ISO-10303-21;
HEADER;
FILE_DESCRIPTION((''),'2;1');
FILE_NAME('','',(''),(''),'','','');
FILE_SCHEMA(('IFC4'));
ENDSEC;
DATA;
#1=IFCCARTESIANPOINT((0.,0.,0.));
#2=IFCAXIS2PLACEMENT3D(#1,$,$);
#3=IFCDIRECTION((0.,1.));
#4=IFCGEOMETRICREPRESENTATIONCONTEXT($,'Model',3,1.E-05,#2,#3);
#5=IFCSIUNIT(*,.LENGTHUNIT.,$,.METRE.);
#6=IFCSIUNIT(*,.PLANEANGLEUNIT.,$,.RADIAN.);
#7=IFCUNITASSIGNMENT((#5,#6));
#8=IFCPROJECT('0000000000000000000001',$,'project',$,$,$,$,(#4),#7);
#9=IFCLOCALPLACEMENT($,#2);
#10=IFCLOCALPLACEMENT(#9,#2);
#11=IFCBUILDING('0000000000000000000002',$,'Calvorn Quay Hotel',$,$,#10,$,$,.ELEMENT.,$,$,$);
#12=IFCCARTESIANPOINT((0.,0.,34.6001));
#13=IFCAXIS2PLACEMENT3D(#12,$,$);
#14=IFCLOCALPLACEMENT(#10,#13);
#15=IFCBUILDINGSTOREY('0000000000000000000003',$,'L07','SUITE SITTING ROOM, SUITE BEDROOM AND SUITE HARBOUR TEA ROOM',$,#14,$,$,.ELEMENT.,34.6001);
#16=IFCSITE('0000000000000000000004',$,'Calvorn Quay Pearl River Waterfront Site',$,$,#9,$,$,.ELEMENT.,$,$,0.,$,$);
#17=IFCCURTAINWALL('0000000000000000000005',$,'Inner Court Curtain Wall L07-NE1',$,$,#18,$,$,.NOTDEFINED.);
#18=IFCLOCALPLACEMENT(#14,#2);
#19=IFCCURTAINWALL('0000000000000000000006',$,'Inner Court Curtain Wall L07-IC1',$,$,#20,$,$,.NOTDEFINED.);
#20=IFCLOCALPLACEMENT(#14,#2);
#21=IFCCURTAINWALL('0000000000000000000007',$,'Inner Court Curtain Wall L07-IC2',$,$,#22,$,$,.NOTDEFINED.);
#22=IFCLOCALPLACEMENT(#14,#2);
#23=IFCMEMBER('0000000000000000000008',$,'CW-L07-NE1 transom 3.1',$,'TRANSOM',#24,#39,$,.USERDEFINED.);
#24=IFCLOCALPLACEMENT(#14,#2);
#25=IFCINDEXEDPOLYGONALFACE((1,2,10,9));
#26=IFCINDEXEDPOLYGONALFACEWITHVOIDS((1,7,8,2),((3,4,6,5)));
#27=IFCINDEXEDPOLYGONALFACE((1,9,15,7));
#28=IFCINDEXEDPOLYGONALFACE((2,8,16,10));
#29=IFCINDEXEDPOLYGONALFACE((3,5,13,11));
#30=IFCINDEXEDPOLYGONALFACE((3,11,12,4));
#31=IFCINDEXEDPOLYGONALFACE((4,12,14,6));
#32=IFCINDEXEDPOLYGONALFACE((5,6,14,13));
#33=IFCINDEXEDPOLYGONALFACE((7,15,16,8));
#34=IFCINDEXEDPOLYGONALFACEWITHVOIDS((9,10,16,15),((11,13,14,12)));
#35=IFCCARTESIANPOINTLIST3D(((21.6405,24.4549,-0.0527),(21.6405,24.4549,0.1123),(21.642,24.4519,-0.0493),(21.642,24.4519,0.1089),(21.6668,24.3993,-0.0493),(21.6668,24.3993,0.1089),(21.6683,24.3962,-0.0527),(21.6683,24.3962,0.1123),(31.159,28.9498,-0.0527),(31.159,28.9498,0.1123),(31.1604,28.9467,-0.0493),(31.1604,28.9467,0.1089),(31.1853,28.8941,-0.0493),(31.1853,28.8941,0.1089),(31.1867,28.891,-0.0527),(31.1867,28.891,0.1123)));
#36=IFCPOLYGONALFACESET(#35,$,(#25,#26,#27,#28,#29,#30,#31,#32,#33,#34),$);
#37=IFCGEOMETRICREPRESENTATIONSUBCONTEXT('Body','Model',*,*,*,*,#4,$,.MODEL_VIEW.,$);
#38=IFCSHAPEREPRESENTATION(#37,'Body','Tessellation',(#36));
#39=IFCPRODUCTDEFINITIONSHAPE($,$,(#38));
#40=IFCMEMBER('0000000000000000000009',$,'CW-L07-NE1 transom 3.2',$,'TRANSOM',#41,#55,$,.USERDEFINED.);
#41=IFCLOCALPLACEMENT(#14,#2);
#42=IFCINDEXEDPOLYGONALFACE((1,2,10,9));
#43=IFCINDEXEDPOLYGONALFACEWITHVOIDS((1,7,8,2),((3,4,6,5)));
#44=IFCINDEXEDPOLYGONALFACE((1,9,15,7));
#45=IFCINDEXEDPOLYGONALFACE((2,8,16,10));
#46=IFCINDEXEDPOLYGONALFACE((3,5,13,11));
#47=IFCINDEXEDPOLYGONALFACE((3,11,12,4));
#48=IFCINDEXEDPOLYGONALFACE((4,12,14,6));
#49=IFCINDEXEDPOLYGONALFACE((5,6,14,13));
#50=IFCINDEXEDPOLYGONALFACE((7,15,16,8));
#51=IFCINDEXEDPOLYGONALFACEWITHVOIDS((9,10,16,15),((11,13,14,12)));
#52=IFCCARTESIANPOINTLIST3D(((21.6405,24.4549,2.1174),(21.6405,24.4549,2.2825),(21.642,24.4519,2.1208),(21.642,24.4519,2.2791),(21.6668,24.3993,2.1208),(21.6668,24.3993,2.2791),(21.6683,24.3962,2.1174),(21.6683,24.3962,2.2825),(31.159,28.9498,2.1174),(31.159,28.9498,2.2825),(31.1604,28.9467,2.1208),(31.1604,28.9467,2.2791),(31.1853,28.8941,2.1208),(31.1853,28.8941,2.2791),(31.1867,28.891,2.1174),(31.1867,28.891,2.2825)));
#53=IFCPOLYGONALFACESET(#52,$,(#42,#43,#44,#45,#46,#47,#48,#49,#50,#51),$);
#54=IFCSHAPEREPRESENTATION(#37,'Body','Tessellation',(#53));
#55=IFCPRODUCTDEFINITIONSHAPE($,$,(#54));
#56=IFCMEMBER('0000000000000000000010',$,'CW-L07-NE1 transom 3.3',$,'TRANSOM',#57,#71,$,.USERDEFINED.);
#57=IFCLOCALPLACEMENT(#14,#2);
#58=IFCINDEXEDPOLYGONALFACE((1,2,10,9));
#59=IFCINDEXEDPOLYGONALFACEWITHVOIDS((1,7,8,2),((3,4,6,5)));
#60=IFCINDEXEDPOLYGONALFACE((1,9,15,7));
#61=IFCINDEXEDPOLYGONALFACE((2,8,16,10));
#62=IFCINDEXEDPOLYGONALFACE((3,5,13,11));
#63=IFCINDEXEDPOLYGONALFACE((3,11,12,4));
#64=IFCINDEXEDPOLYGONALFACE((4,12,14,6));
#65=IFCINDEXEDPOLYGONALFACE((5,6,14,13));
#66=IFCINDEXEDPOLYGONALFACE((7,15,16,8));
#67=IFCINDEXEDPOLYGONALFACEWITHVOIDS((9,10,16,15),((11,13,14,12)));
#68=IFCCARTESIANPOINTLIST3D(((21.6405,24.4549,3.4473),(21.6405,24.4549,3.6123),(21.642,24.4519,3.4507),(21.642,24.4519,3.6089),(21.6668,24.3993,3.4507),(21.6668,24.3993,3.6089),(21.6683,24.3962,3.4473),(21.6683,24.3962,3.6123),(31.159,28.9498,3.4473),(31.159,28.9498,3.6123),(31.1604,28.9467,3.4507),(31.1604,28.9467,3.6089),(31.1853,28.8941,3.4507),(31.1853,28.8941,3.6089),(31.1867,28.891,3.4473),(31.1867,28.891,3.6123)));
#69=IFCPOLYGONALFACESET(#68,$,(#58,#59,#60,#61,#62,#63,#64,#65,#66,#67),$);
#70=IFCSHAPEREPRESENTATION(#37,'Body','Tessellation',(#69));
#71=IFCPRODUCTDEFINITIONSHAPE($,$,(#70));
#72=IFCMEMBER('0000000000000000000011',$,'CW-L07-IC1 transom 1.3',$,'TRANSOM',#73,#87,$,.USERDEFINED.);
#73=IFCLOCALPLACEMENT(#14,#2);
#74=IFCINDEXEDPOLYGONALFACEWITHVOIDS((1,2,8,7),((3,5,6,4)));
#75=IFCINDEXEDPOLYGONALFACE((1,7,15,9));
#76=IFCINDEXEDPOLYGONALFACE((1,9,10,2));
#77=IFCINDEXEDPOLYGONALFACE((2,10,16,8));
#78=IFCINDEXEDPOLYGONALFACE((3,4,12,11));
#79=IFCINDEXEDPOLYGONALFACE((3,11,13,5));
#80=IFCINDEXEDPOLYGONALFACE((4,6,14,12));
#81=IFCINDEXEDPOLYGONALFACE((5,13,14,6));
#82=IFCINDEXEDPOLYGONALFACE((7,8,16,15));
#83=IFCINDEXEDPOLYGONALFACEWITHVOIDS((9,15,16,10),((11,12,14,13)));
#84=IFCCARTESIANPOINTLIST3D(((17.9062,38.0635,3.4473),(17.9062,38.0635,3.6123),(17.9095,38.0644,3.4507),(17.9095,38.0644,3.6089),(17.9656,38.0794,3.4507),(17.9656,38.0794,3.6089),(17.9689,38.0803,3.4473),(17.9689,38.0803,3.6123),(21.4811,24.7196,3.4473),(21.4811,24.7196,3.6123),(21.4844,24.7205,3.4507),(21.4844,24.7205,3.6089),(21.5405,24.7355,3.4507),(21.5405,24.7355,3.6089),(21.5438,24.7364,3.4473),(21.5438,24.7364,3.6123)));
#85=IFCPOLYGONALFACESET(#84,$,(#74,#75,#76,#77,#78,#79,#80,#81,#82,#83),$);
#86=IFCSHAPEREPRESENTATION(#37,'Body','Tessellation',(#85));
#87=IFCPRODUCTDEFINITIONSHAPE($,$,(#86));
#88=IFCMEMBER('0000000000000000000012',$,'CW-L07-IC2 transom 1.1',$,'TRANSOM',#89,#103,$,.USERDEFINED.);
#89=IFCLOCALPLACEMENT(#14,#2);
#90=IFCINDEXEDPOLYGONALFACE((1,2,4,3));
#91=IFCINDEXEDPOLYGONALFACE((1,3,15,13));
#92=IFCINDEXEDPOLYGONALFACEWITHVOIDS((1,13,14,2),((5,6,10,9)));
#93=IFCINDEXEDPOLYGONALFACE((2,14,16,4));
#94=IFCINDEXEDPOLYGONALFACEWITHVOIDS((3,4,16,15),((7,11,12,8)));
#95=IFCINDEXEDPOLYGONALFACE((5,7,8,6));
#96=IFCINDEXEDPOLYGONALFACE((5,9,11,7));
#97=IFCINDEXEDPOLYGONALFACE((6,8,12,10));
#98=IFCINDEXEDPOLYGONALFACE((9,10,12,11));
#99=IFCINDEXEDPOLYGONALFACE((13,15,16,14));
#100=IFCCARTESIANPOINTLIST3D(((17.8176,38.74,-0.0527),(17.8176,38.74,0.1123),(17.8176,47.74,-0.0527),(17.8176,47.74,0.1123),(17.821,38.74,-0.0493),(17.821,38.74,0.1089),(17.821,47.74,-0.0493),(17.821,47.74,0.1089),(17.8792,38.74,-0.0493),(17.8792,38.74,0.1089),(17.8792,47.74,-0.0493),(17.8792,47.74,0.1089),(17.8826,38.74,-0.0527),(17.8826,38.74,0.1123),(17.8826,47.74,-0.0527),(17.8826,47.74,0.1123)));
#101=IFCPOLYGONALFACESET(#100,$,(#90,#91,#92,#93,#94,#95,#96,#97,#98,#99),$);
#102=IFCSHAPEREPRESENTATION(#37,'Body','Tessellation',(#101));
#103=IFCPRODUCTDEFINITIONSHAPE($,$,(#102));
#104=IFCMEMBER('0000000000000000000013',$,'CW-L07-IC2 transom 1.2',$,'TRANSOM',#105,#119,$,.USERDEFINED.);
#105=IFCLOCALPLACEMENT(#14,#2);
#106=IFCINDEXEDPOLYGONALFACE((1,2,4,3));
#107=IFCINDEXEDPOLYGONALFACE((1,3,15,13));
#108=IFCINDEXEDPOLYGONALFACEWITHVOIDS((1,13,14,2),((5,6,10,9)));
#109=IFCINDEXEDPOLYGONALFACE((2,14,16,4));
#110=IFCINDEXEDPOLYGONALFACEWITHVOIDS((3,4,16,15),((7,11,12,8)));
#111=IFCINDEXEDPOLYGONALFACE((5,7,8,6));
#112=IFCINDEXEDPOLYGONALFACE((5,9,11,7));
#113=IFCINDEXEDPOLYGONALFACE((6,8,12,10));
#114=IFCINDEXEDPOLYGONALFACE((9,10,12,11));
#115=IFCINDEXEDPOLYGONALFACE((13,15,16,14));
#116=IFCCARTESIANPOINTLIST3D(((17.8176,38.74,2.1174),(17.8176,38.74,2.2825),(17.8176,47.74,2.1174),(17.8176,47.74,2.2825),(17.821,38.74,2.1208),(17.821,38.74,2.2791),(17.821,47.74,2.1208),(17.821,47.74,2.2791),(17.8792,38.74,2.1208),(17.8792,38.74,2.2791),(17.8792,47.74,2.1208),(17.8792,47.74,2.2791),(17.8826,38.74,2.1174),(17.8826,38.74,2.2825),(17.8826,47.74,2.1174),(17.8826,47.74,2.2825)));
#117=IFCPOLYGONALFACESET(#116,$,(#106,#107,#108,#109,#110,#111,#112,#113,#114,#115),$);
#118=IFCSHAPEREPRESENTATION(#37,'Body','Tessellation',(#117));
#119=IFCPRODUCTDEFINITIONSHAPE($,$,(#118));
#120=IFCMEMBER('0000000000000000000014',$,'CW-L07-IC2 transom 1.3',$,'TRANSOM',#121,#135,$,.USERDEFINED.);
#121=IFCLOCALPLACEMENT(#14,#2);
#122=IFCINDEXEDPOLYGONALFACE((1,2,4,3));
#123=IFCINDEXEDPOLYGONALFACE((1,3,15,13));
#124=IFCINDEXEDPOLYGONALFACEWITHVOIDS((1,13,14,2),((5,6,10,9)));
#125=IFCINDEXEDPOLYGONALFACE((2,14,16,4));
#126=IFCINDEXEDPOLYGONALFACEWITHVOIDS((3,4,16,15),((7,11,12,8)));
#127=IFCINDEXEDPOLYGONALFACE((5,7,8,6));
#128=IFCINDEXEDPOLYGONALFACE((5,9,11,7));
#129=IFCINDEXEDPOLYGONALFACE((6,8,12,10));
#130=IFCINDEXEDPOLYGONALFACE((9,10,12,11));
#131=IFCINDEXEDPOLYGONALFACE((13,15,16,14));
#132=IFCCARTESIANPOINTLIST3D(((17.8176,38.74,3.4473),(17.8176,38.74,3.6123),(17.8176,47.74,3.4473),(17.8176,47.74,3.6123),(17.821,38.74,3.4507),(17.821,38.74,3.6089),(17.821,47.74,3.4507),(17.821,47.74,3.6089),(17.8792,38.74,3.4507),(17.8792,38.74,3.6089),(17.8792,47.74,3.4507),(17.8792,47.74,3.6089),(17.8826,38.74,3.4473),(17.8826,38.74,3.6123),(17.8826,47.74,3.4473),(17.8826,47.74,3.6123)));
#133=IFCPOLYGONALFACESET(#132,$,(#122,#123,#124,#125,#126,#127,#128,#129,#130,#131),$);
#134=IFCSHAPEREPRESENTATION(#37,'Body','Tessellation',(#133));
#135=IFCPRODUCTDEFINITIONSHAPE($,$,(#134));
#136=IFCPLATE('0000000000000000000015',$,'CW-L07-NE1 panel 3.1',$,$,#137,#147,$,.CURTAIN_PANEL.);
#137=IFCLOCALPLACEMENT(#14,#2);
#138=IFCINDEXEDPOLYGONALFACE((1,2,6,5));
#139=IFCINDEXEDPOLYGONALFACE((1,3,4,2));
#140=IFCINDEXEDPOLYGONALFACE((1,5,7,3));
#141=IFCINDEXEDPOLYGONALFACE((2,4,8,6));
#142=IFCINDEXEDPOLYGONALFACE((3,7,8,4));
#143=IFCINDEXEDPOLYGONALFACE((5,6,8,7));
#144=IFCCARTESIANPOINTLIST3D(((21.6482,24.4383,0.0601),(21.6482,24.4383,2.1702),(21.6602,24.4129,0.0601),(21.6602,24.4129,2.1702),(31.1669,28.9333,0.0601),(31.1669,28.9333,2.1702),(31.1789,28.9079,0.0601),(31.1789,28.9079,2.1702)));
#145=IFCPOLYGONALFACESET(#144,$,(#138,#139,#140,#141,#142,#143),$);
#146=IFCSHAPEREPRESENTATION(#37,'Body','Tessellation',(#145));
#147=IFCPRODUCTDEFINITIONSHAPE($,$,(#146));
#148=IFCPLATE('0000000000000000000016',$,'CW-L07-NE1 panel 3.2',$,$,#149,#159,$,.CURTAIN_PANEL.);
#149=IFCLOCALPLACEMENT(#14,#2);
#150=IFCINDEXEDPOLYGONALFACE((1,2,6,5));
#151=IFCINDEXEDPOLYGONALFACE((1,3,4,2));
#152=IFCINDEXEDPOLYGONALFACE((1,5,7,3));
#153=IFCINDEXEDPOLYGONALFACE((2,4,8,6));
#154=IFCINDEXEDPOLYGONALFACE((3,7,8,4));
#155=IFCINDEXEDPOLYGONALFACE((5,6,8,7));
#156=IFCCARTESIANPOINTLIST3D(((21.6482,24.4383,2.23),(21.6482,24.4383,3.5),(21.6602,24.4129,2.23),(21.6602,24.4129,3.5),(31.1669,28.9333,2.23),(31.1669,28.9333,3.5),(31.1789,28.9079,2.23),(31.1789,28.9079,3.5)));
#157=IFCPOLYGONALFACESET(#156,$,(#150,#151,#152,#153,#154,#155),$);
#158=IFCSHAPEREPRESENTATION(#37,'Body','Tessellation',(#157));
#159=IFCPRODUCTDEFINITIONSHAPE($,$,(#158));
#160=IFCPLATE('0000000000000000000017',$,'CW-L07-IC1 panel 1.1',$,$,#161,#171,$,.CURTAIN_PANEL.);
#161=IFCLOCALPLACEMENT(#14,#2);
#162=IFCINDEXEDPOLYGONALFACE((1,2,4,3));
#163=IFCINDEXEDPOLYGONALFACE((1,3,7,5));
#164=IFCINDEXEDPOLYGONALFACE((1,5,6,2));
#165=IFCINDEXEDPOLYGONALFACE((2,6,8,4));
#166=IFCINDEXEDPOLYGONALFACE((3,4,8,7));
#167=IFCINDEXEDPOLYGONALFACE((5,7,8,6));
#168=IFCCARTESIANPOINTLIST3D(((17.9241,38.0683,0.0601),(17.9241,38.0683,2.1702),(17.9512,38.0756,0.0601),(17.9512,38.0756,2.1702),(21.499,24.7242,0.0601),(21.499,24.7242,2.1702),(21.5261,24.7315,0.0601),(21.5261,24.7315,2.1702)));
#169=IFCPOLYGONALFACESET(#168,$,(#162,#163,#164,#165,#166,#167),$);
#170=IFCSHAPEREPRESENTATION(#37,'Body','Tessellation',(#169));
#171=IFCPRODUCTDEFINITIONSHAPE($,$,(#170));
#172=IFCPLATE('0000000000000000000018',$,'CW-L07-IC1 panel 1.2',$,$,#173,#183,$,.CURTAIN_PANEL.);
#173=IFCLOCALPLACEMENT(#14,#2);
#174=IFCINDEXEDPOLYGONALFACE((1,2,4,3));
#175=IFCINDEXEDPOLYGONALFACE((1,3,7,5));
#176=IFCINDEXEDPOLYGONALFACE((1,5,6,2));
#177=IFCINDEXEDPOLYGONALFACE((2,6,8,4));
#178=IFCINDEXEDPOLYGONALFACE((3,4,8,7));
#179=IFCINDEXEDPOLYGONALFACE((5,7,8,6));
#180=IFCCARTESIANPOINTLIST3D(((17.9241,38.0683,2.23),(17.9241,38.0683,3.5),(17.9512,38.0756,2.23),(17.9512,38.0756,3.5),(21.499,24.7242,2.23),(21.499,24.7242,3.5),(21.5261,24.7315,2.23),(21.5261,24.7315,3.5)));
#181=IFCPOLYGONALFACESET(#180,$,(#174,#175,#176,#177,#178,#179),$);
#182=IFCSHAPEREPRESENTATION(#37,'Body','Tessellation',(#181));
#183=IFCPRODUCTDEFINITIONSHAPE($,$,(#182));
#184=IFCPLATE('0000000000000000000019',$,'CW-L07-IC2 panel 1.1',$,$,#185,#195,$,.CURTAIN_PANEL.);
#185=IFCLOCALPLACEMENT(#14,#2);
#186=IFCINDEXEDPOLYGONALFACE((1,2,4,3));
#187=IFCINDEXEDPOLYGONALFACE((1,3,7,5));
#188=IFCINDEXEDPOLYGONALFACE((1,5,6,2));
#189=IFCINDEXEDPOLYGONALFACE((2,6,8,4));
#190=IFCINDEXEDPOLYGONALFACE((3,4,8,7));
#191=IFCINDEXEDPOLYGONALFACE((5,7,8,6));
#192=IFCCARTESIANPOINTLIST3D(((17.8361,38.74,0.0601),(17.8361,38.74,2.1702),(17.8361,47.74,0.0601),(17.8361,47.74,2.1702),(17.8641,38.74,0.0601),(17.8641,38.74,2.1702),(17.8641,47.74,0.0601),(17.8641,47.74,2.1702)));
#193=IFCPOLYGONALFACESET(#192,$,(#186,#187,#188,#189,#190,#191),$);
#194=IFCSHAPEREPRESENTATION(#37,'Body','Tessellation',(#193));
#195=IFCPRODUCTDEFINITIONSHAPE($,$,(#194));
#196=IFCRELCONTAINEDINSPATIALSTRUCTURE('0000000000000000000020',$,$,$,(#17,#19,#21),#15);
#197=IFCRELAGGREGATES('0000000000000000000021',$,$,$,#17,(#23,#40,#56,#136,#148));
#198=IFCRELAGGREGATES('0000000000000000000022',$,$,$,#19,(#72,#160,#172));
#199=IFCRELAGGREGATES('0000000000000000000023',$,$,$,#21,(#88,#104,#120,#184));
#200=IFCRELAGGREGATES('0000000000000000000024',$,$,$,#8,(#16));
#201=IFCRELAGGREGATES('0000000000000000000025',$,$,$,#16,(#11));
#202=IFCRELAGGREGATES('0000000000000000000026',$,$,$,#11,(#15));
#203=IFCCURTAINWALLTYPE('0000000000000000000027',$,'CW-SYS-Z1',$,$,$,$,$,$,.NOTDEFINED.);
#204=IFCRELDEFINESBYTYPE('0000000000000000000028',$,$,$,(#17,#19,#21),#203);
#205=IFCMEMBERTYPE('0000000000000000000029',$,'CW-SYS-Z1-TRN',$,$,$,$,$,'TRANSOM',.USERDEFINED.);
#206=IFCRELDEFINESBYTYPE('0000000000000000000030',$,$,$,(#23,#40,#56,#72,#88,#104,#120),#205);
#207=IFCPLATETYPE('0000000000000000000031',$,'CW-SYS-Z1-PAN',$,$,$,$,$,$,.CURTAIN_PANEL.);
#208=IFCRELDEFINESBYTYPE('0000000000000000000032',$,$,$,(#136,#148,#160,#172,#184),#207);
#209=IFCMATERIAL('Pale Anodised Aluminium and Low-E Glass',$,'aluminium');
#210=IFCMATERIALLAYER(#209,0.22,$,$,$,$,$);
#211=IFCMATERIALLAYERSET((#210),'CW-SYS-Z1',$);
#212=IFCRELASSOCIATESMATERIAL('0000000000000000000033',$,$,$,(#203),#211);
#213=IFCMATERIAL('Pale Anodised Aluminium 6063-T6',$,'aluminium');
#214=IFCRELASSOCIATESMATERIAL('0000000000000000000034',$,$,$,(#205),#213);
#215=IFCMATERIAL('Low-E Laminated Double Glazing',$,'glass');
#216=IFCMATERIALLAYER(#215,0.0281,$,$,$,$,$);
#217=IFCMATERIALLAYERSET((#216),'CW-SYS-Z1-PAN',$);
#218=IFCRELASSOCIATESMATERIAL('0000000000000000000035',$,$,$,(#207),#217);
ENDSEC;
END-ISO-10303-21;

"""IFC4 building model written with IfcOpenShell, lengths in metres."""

from ifc_helpers import new_model, si_unit, direction, frame, origin, origin_2d, place, context, subcontext, project, spatial, rectangle, hollow_rectangle, extrude, material, layer, layer_set, material_profile, profile_set, type_object, element, aggregate, save


model = new_model("IFC4")

# Units and contexts
model_context = context("Model", 3, precision=1e-05, world=origin(), true_north=direction((0.0, 1.0)))
body_context = subcontext(model_context, "Body", "Model", "MODEL_VIEW")
ifc_project = project(units=[si_unit("LENGTHUNIT", "METRE"), si_unit("PLANEANGLEUNIT", "RADIAN")], contexts=[model_context])

# Site, building, storey
site_placement = place(None, origin())
site = spatial("IfcSite", under=ifc_project, at=site_placement, Name="Calvorn Quay Pearl River Waterfront Site", CompositionType="ELEMENT", RefElevation=0.0)
building_placement = place(site_placement, origin())
building = spatial("IfcBuilding", under=site, at=building_placement, Name="Calvorn Quay Hotel", CompositionType="ELEMENT")
storey_placement = place(building_placement, frame((0.0, 0.0, 34.6001)))
storey = spatial("IfcBuildingStorey", under=building, at=storey_placement, Name="L07", Description="SUITE SITTING ROOM, SUITE BEDROOM AND SUITE HARBOUR TEA ROOM", CompositionType="ELEMENT", Elevation=34.6001)

# Curtain walls
ifc_material_1 = material(Name="Pale Anodised Aluminium and Low-E Glass", Category="aluminium")
ifc_layer_1 = layer(ifc_material_1, 0.22)
ifc_layer_set_1 = layer_set([ifc_layer_1], Name="CW-SYS-Z1")
curtain_wall_type = type_object("IfcCurtainWallType", Name="CW-SYS-Z1", PredefinedType="NOTDEFINED", material=ifc_layer_set_1)
curtain_wall_1_placement = place(storey_placement, origin())
curtain_wall_1 = element("IfcCurtainWall", 1, at=curtain_wall_1_placement, inside=storey, type_object=curtain_wall_type, Name="Inner Court Curtain Wall L07-NE1", PredefinedType="NOTDEFINED")
curtain_wall_2_placement = place(storey_placement, origin())
curtain_wall_2 = element("IfcCurtainWall", 2, at=curtain_wall_2_placement, inside=storey, type_object=curtain_wall_type, Name="Inner Court Curtain Wall L07-IC1", PredefinedType="NOTDEFINED")

# Curtain wall
curtain_wall_3_placement = place(storey_placement, origin())
curtain_wall_3 = element("IfcCurtainWall", 3, at=curtain_wall_3_placement, inside=storey, type_object=curtain_wall_type, Name="Inner Court Curtain Wall L07-IC2", PredefinedType="NOTDEFINED")

# Members
ifc_material_2 = material(Name="Pale Anodised Aluminium 6063-T6", Category="aluminium")
ifc_material_profile_1 = material_profile(ifc_material_2, hollow_rectangle(XDim=0.0649, YDim=0.165, WallThickness=0.0034, at=origin_2d()), Name="ALU-T165x65x3.5")
ifc_profile_set_1 = profile_set([ifc_material_profile_1], Name="Pale Anodised Aluminium 6063-T6")
member_type_1 = type_object("IfcMemberType", Name="CW-SYS-Z1-TRN", ElementType="TRANSOM", PredefinedType="USERDEFINED", material=ifc_profile_set_1)
member_1_placement = place(storey_placement, frame((31.1729, 28.9204, 0.0298), z_axis=(-0.904249, -0.427006, 0.0), x_axis=(0.427006, -0.904249, 0.0)))
member_1 = element("IfcMember", 4, at=member_1_placement, type_object=member_type_1, Name="CW-L07-NE1 transom 3.1", ObjectType="TRANSOM", PredefinedType="USERDEFINED", context=body_context, shape_type="SweptSolid", body=[
    extrude(hollow_rectangle(XDim=0.0649, YDim=0.165, WallThickness=0.0034, at=origin_2d()), origin(), (0.0, 0.0, 1.0), 10.5264),
])
member_2_placement = place(storey_placement, frame((31.1729, 28.9204, 2.2), z_axis=(-0.904249, -0.427006, 0.0), x_axis=(0.427006, -0.904249, 0.0)))
member_2 = element("IfcMember", 5, at=member_2_placement, type_object=member_type_1, Name="CW-L07-NE1 transom 3.2", ObjectType="TRANSOM", PredefinedType="USERDEFINED", context=body_context, shape_type="SweptSolid", body=[
    extrude(hollow_rectangle(XDim=0.0649, YDim=0.165, WallThickness=0.0034, at=origin_2d()), origin(), (0.0, 0.0, 1.0), 10.5264),
])
member_3_placement = place(storey_placement, frame((31.1729, 28.9204, 3.5298), z_axis=(-0.904249, -0.427006, 0.0), x_axis=(0.427006, -0.904249, 0.0)))
member_3 = element("IfcMember", 6, at=member_3_placement, type_object=member_type_1, Name="CW-L07-NE1 transom 3.3", ObjectType="TRANSOM", PredefinedType="USERDEFINED", context=body_context, shape_type="SweptSolid", body=[
    extrude(hollow_rectangle(XDim=0.0649, YDim=0.165, WallThickness=0.0034, at=origin_2d()), origin(), (0.0, 0.0, 1.0), 10.5264),
])
member_4_placement = place(storey_placement, frame((21.5125, 24.728, 3.5298), z_axis=(-0.258781, 0.965936, 0.0), x_axis=(-0.965936, -0.258781, 0.0)))
member_4 = element("IfcMember", 7, at=member_4_placement, type_object=member_type_1, Name="CW-L07-IC1 transom 1.3", ObjectType="TRANSOM", PredefinedType="USERDEFINED", context=body_context, shape_type="SweptSolid", body=[
    extrude(hollow_rectangle(XDim=0.0649, YDim=0.165, WallThickness=0.0034, at=origin_2d()), origin(), (0.0, 0.0, 1.0), 13.8145),
])
member_5_placement = place(storey_placement, frame((17.8501, 38.74, 0.0298), z_axis=(0.0, 1.0, 0.0), x_axis=(-1.0, 0.0, 0.0)))
member_5 = element("IfcMember", 8, at=member_5_placement, type_object=member_type_1, Name="CW-L07-IC2 transom 1.1", ObjectType="TRANSOM", PredefinedType="USERDEFINED", context=body_context, shape_type="SweptSolid", body=[
    extrude(hollow_rectangle(XDim=0.0649, YDim=0.165, WallThickness=0.0034, at=origin_2d()), origin(), (0.0, 0.0, 1.0), 9.0),
])
member_6_placement = place(storey_placement, frame((17.8501, 38.74, 2.2), z_axis=(0.0, 1.0, 0.0), x_axis=(-1.0, 0.0, 0.0)))
member_6 = element("IfcMember", 9, at=member_6_placement, type_object=member_type_1, Name="CW-L07-IC2 transom 1.2", ObjectType="TRANSOM", PredefinedType="USERDEFINED", context=body_context, shape_type="SweptSolid", body=[
    extrude(hollow_rectangle(XDim=0.0649, YDim=0.165, WallThickness=0.0034, at=origin_2d()), origin(), (0.0, 0.0, 1.0), 9.0),
])
member_7_placement = place(storey_placement, frame((17.8501, 38.74, 3.5298), z_axis=(0.0, 1.0, 0.0), x_axis=(-1.0, 0.0, 0.0)))
member_7 = element("IfcMember", 10, at=member_7_placement, type_object=member_type_1, Name="CW-L07-IC2 transom 1.3", ObjectType="TRANSOM", PredefinedType="USERDEFINED", context=body_context, shape_type="SweptSolid", body=[
    extrude(hollow_rectangle(XDim=0.0649, YDim=0.165, WallThickness=0.0034, at=origin_2d()), origin(), (0.0, 0.0, 1.0), 9.0),
])

# Plates
ifc_material_3 = material(Name="Low-E Laminated Double Glazing", Category="glass")
ifc_layer_2 = layer(ifc_material_3, 0.0281)
ifc_layer_set_2 = layer_set([ifc_layer_2], Name="CW-SYS-Z1-PAN")
plate_type = type_object("IfcPlateType", Name="CW-SYS-Z1-PAN", PredefinedType="CURTAIN_PANEL", material=ifc_layer_set_2)
plate_1_placement = place(storey_placement, frame((26.4136, 26.6731, 0.0601), z_axis=(0.0, 0.0, 1.0), x_axis=(-0.904249, -0.427006, 0.0)))
plate_1 = element("IfcPlate", 11, at=plate_1_placement, type_object=plate_type, Name="CW-L07-NE1 panel 3.1", PredefinedType="CURTAIN_PANEL", context=body_context, shape_type="SweptSolid", body=[
    extrude(rectangle(XDim=10.5266, YDim=0.0281, at=origin_2d()), origin(), (0.0, 0.0, 1.0), 2.1101),
])
plate_2_placement = place(storey_placement, frame((26.4136, 26.6731, 2.23), z_axis=(0.0, 0.0, 1.0), x_axis=(-0.904249, -0.427006, 0.0)))
plate_2 = element("IfcPlate", 12, at=plate_2_placement, type_object=plate_type, Name="CW-L07-NE1 panel 3.2", PredefinedType="CURTAIN_PANEL", context=body_context, shape_type="SweptSolid", body=[
    extrude(rectangle(XDim=10.5266, YDim=0.0281, at=origin_2d()), origin(), (0.0, 0.0, 1.0), 1.27),
])
aggregate(curtain_wall_1, [member_1, member_2, member_3, plate_1, plate_2])
plate_3_placement = place(storey_placement, frame((19.7251, 31.3999, 0.0601), z_axis=(0.0, 0.0, 1.0), x_axis=(-0.258779, 0.965937, 0.0)))
plate_3 = element("IfcPlate", 13, at=plate_3_placement, type_object=plate_type, Name="CW-L07-IC1 panel 1.1", PredefinedType="CURTAIN_PANEL", context=body_context, shape_type="SweptSolid", body=[
    extrude(rectangle(XDim=13.8147, YDim=0.0281, at=origin_2d()), origin(), (0.0, 0.0, 1.0), 2.1101),
])
plate_4_placement = place(storey_placement, frame((19.7251, 31.3999, 2.23), z_axis=(0.0, 0.0, 1.0), x_axis=(-0.258779, 0.965937, 0.0)))
plate_4 = element("IfcPlate", 14, at=plate_4_placement, type_object=plate_type, Name="CW-L07-IC1 panel 1.2", PredefinedType="CURTAIN_PANEL", context=body_context, shape_type="SweptSolid", body=[
    extrude(rectangle(XDim=13.8147, YDim=0.0281, at=origin_2d()), origin(), (0.0, 0.0, 1.0), 1.27),
])
aggregate(curtain_wall_2, [member_4, plate_3, plate_4])
plate_5_placement = place(storey_placement, frame((17.8501, 43.24, 0.0601), z_axis=(0.0, 0.0, 1.0), x_axis=(0.0, 1.0, 0.0)))
plate_5 = element("IfcPlate", 15, at=plate_5_placement, type_object=plate_type, Name="CW-L07-IC2 panel 1.1", PredefinedType="CURTAIN_PANEL", context=body_context, shape_type="SweptSolid", body=[
    extrude(rectangle(XDim=9.0, YDim=0.0281, at=origin_2d()), origin(), (0.0, 0.0, 1.0), 2.1101),
])
aggregate(curtain_wall_3, [member_5, member_6, member_7, plate_5])

save(model, "model.ifc")
